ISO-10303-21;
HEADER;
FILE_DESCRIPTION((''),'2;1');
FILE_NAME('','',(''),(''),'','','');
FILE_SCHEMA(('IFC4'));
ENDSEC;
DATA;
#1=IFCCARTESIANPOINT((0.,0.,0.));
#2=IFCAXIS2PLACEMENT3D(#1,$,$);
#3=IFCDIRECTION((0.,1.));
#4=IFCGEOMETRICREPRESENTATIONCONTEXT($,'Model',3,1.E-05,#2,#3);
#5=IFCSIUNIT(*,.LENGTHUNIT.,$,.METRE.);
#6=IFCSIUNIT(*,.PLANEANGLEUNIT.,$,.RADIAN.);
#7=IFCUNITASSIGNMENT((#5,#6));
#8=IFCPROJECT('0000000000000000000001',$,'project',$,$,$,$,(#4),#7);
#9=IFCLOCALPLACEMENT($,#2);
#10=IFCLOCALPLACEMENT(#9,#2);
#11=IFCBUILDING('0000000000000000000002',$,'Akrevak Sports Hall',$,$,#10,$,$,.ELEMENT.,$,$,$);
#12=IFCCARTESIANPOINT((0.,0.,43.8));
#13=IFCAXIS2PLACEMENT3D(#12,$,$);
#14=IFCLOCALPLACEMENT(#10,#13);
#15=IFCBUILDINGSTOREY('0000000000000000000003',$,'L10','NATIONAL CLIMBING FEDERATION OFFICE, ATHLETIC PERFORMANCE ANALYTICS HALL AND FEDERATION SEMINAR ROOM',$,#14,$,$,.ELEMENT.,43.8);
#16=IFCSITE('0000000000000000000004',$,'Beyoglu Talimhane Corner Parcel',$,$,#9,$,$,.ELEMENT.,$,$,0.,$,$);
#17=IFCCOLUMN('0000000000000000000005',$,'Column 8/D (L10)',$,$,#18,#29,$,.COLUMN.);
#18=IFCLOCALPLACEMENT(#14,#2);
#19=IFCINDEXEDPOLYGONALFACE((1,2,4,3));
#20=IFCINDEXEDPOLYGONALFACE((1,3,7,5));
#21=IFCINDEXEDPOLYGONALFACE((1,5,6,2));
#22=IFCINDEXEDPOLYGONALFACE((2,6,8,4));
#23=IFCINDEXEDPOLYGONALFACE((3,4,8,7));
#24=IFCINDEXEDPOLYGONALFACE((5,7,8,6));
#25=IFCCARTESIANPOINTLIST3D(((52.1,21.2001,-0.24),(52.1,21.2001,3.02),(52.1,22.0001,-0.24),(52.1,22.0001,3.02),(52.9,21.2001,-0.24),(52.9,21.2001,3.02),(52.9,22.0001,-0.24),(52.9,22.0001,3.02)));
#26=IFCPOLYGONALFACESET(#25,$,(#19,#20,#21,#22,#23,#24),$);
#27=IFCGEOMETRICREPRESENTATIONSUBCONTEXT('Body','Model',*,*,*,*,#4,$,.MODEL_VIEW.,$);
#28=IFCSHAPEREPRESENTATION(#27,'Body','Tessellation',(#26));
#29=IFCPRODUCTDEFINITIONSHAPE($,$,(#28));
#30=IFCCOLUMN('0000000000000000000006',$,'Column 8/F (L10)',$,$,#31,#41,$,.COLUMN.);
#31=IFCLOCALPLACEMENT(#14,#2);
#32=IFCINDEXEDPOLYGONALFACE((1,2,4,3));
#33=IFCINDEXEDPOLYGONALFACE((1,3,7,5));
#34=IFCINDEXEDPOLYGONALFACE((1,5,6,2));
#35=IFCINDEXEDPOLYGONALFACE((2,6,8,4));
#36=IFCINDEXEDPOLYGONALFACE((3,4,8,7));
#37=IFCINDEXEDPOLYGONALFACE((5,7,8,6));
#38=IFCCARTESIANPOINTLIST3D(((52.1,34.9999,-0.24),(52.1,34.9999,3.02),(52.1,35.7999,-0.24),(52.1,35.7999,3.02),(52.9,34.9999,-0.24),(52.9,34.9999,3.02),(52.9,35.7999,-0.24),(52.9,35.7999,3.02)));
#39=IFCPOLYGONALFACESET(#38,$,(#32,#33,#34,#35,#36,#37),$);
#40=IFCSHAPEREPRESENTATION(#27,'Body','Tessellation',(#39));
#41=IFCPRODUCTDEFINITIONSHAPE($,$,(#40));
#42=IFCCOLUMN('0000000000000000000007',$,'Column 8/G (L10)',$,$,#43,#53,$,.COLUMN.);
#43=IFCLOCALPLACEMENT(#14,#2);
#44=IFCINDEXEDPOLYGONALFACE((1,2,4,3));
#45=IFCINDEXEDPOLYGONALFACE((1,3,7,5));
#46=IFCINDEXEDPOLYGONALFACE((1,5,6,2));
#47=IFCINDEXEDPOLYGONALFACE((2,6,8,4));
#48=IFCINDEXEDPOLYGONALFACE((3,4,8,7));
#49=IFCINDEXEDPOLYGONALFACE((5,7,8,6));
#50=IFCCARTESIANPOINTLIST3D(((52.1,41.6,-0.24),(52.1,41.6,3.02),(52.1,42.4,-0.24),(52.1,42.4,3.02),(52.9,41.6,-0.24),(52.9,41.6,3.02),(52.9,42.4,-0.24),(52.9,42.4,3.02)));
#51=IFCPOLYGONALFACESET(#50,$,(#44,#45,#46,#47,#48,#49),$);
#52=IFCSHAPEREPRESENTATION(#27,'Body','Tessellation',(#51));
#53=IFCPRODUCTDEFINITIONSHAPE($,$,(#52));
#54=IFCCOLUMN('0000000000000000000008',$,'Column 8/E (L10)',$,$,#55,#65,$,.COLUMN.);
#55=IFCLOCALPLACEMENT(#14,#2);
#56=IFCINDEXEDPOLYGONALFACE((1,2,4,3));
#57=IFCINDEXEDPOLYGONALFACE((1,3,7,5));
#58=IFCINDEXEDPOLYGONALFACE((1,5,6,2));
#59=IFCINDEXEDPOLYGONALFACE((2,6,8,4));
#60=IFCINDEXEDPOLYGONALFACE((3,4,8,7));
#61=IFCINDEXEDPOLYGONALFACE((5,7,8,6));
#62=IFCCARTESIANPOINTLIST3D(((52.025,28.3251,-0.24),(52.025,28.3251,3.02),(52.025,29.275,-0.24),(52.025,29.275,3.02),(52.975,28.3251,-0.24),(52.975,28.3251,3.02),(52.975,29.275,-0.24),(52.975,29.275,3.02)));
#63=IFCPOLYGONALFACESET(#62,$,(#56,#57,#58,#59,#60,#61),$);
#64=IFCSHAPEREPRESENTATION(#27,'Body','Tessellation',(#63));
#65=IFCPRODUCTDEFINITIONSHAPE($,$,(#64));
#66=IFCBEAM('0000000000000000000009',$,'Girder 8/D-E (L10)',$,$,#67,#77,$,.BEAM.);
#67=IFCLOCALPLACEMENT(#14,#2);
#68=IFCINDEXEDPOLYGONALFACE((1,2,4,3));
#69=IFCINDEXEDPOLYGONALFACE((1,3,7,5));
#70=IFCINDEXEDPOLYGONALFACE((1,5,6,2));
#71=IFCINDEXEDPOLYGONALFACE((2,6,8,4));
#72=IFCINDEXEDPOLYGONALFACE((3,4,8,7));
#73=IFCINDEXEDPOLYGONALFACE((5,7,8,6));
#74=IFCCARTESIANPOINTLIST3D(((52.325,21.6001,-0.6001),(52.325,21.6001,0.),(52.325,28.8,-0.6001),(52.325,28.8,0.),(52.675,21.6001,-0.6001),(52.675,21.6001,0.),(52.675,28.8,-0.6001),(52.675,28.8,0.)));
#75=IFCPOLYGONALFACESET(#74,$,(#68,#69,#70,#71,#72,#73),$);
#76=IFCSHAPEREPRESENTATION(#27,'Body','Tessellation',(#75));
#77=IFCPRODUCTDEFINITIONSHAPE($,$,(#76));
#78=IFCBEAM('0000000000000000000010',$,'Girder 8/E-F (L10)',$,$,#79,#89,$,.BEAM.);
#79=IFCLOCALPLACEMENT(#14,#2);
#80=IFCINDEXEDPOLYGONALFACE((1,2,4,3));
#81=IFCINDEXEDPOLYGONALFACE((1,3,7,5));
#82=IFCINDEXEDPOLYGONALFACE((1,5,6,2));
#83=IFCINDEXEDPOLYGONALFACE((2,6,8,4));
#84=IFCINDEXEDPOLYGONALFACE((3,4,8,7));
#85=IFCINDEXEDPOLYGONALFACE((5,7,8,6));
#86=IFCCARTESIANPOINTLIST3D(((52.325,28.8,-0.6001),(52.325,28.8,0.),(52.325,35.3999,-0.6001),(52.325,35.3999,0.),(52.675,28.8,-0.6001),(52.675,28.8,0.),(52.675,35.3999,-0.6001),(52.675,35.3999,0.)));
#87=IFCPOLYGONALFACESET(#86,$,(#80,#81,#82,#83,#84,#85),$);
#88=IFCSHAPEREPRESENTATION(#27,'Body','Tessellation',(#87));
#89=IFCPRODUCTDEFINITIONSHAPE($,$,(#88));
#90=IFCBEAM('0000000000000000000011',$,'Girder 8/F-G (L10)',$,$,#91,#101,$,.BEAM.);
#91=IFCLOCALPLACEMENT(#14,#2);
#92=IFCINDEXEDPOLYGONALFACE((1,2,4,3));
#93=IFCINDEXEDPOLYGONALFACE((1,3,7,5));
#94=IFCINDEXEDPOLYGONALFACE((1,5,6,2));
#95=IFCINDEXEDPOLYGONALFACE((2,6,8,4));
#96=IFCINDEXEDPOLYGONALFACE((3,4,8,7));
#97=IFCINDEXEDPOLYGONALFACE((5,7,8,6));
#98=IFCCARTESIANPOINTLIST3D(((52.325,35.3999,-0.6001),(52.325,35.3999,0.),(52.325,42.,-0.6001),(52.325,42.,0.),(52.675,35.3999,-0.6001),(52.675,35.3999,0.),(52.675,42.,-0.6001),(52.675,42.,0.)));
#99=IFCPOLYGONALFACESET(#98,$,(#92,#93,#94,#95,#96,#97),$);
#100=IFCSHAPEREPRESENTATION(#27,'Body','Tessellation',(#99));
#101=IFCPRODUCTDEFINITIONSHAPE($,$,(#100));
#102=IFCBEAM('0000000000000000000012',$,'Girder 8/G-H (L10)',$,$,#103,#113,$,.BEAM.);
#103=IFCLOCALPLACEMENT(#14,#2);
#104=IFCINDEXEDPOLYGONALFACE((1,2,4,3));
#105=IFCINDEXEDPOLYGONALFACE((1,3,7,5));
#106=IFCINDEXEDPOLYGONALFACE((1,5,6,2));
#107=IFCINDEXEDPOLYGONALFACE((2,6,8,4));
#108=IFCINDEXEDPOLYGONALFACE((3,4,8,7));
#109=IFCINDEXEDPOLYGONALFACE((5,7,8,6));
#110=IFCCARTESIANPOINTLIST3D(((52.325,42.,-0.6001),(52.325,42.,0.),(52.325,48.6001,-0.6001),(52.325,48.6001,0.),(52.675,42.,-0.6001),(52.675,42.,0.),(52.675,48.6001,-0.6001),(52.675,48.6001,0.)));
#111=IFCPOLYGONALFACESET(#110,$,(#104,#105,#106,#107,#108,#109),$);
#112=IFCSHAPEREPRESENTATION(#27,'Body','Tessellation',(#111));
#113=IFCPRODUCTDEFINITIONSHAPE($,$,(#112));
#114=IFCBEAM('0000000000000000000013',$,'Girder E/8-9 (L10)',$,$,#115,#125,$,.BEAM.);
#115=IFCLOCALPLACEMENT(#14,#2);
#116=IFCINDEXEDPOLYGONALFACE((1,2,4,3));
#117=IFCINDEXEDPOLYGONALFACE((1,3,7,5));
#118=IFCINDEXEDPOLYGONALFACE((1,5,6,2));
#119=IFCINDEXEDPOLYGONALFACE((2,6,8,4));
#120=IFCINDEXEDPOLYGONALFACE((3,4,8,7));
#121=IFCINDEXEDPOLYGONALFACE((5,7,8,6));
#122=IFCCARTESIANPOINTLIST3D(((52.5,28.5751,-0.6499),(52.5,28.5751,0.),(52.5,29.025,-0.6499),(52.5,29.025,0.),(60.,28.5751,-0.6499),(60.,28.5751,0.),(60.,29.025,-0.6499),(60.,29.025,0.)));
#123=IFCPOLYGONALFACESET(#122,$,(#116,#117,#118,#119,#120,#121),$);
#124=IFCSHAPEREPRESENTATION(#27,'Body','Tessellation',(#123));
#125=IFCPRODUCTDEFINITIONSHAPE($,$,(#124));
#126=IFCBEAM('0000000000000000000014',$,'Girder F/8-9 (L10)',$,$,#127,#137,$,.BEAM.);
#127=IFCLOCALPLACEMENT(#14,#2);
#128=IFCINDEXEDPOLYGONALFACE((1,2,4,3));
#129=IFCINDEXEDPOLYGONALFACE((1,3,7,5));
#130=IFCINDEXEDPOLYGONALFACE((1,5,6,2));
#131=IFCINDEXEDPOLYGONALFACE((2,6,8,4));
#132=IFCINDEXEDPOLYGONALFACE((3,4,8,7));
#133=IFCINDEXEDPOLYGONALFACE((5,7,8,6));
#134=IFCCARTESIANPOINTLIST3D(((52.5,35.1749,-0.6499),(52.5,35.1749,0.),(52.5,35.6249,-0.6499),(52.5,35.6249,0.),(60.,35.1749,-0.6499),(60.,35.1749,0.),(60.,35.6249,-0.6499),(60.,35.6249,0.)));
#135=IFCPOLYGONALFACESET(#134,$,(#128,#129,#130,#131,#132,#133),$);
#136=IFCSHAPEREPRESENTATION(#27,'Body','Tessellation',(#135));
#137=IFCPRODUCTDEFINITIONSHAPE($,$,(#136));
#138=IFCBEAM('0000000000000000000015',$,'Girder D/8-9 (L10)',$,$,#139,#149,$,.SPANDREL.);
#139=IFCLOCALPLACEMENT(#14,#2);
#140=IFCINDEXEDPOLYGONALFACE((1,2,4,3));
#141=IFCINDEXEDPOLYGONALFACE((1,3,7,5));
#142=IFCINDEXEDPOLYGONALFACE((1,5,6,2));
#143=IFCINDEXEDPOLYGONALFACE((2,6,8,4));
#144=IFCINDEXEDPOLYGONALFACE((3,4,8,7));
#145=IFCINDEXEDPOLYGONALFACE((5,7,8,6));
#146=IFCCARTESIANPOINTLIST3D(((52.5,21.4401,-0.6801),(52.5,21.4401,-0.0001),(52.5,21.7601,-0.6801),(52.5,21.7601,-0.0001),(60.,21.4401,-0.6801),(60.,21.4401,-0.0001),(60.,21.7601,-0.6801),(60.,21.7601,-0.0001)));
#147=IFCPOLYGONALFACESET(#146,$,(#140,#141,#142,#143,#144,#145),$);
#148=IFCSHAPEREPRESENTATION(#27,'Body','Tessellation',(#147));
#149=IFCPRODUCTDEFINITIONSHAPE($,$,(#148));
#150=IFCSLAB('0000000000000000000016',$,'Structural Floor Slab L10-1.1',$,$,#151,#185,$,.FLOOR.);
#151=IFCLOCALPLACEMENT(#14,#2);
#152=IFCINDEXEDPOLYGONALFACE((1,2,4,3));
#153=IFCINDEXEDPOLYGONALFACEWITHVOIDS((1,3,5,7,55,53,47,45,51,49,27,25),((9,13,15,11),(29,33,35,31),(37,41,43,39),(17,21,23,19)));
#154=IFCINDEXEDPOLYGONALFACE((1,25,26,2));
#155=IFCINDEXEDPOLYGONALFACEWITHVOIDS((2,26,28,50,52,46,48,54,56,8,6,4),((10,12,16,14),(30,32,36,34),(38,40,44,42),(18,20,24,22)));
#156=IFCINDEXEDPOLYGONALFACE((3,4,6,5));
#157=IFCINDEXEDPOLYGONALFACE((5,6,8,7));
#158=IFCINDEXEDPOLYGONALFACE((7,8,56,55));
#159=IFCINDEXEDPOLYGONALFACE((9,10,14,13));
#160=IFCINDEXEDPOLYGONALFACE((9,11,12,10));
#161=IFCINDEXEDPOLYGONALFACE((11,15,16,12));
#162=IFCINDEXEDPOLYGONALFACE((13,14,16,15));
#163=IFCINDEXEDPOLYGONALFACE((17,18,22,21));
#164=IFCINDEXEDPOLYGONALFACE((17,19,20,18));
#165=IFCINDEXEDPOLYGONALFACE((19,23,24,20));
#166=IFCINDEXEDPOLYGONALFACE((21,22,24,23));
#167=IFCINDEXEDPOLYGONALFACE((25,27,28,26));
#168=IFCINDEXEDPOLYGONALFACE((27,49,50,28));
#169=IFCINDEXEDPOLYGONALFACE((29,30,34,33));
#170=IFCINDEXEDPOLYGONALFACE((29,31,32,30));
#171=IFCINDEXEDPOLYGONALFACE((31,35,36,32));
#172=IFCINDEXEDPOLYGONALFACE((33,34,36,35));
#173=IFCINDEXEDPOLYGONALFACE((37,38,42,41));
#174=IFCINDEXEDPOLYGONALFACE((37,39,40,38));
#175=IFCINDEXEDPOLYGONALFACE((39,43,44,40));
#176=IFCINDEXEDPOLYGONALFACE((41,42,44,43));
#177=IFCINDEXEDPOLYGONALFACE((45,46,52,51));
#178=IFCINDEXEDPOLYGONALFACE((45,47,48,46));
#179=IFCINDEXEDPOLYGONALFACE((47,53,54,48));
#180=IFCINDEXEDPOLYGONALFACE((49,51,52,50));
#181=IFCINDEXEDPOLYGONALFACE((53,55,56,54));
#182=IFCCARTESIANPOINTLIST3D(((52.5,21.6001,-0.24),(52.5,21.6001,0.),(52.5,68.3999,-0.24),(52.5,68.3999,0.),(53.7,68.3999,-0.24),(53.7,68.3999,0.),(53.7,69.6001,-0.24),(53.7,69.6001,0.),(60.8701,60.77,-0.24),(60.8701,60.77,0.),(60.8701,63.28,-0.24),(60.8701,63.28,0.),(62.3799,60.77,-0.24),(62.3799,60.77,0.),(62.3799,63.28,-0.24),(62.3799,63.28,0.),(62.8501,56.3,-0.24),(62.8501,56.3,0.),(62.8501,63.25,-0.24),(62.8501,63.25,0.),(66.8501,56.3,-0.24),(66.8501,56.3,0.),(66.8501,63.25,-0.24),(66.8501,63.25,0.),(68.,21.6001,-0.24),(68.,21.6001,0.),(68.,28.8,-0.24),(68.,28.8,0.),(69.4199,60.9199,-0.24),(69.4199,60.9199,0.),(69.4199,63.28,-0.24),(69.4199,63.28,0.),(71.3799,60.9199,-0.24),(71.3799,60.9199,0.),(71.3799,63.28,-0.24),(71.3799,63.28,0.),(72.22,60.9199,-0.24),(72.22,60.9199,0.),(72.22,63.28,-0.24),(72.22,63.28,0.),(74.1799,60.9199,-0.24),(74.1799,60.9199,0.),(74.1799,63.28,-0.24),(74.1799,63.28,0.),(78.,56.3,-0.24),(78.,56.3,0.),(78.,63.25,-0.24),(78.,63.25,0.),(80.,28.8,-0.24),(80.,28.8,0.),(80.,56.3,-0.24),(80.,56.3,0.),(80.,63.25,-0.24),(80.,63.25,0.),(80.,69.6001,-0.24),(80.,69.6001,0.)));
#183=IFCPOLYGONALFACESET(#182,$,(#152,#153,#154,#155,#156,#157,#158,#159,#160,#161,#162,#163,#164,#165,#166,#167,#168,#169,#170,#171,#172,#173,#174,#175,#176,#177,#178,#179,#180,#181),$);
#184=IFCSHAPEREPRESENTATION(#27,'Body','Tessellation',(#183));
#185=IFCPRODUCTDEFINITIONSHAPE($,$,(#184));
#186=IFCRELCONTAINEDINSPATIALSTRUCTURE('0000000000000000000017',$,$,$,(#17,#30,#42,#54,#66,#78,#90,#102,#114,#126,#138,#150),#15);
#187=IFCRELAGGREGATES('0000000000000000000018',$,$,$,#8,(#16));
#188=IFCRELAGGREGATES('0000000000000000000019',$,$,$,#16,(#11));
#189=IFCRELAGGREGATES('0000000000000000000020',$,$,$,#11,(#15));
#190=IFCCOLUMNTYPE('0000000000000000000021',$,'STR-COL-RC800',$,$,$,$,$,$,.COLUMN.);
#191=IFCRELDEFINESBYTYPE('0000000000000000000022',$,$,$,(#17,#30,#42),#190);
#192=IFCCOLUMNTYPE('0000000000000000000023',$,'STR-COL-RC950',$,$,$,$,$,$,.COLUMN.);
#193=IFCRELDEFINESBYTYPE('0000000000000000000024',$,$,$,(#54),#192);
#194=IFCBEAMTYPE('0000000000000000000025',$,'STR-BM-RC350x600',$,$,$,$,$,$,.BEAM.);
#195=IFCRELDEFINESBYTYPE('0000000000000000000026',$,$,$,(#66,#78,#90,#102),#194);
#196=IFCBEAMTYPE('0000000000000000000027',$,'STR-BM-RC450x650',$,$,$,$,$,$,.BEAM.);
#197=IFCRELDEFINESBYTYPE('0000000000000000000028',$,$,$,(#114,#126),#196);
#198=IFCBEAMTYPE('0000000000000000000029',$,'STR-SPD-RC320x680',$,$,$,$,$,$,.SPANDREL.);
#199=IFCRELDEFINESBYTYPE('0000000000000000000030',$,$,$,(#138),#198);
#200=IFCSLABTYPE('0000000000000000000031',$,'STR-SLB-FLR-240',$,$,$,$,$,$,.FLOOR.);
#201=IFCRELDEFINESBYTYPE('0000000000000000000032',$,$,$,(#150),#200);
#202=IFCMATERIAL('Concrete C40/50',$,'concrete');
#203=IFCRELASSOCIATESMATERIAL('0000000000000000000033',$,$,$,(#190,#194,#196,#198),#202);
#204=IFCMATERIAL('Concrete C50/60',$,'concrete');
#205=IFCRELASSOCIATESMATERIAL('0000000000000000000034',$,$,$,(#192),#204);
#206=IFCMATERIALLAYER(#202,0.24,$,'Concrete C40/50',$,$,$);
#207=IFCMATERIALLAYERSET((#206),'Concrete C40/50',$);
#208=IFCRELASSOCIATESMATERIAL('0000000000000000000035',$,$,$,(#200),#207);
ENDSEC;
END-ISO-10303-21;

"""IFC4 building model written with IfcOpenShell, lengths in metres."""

from ifc_helpers import new_model, si_unit, direction, frame, origin, origin_2d, place, context, subcontext, project, spatial, polyline, rectangle, outline, extrude, material, layer, layer_set, material_profile, profile_set, type_object, element, save


model = new_model("IFC4")

# Units and contexts
model_context = context("Model", 3, precision=1e-05, world=origin(), true_north=direction((0.0, 1.0)))
body_context = subcontext(model_context, "Body", "Model", "MODEL_VIEW")
ifc_project = project(units=[si_unit("LENGTHUNIT", "METRE"), si_unit("PLANEANGLEUNIT", "RADIAN")], contexts=[model_context])

# Site, building, storey
site_placement = place(None, origin())
site = spatial("IfcSite", under=ifc_project, at=site_placement, Name="Beyoglu Talimhane Corner Parcel", CompositionType="ELEMENT", RefElevation=0.0)
building_placement = place(site_placement, origin())
building = spatial("IfcBuilding", under=site, at=building_placement, Name="Akrevak Sports Hall", CompositionType="ELEMENT")
storey_placement = place(building_placement, frame((0.0, 0.0, 43.8)))
storey = spatial("IfcBuildingStorey", under=building, at=storey_placement, Name="L10", Description="NATIONAL CLIMBING FEDERATION OFFICE, ATHLETIC PERFORMANCE ANALYTICS HALL AND FEDERATION SEMINAR ROOM", CompositionType="ELEMENT", Elevation=43.8)

# Columns
ifc_material_1 = material(Name="Concrete C40/50", Category="concrete")
ifc_material_profile_1 = material_profile(ifc_material_1, rectangle(XDim=0.8, YDim=0.8, at=origin_2d()), Name="RC 800x800", Category="concrete")
ifc_profile_set_1 = profile_set([ifc_material_profile_1], Name="Concrete C40/50")
column_type_1 = type_object("IfcColumnType", Name="STR-COL-RC800", PredefinedType="COLUMN", material=ifc_profile_set_1)
for number, where, z_axis, x_axis, name in (
    (1, (52.5, 21.6001, -0.24), (0.0, 0.0, 1.0), (1.0, 0.0, 0.0), "Column 8/D (L10)"),
    (2, (52.5, 35.3999, -0.24), (0.0, 0.0, 1.0), (1.0, 0.0, 0.0), "Column 8/F (L10)"),
    (3, (52.5, 42.0, -0.24), (0.0, 0.0, 1.0), (1.0, 0.0, 0.0), "Column 8/G (L10)"),
):
    element("IfcColumn", number, at=place(storey_placement, frame(where, z_axis=z_axis, x_axis=x_axis)), inside=storey, type_object=column_type_1, Name=name, PredefinedType="COLUMN", context=body_context, shape_type="SweptSolid", body=[
        extrude(rectangle(XDim=0.8, YDim=0.8, at=origin_2d()), origin(), (0.0, 0.0, 1.0), 3.26),
    ])
ifc_material_2 = material(Name="Concrete C50/60", Category="concrete")
ifc_material_profile_2 = material_profile(ifc_material_2, rectangle(XDim=0.95, YDim=0.95, at=origin_2d()), Name="RC 950x950", Category="concrete")
ifc_profile_set_2 = profile_set([ifc_material_profile_2], Name="Concrete C50/60")
column_type_2 = type_object("IfcColumnType", Name="STR-COL-RC950", PredefinedType="COLUMN", material=ifc_profile_set_2)
column_placement = place(storey_placement, frame((52.5, 28.8, -0.24), z_axis=(0.0, 0.0, 1.0), x_axis=(1.0, 0.0, 0.0)))
element("IfcColumn", 4, at=column_placement, inside=storey, type_object=column_type_2, Name="Column 8/E (L10)", PredefinedType="COLUMN", context=body_context, shape_type="SweptSolid", body=[
    extrude(rectangle(XDim=0.95, YDim=0.95, at=origin_2d()), origin(), (0.0, 0.0, 1.0), 3.26),
])

# Beams
ifc_material_profile_3 = material_profile(ifc_material_1, rectangle(XDim=0.3501, YDim=0.6001, at=origin_2d()), Name="BM 350x600", Category="concrete")
ifc_profile_set_3 = profile_set([ifc_material_profile_3], Name="Concrete C40/50")
beam_type_1 = type_object("IfcBeamType", Name="STR-BM-RC350x600", PredefinedType="BEAM", material=ifc_profile_set_3)
beam_1_placement = place(storey_placement, frame((52.5, 21.6001, -0.3), z_axis=(0.0, 1.0, 0.0), x_axis=(-1.0, 0.0, 0.0)))
element("IfcBeam", 5, at=beam_1_placement, inside=storey, type_object=beam_type_1, Name="Girder 8/D-E (L10)", PredefinedType="BEAM", context=body_context, shape_type="SweptSolid", body=[
    extrude(rectangle(XDim=0.3501, YDim=0.6001, at=origin_2d()), origin(), (0.0, 0.0, 1.0), 7.2),
])
beam_2_placement = place(storey_placement, frame((52.5, 28.8, -0.3), z_axis=(0.0, 1.0, 0.0), x_axis=(-1.0, 0.0, 0.0)))
element("IfcBeam", 6, at=beam_2_placement, inside=storey, type_object=beam_type_1, Name="Girder 8/E-F (L10)", PredefinedType="BEAM", context=body_context, shape_type="SweptSolid", body=[
    extrude(rectangle(XDim=0.3501, YDim=0.6001, at=origin_2d()), origin(), (0.0, 0.0, 1.0), 6.5999),
])
for number, where, z_axis, x_axis, name in (
    (7, (52.5, 35.3999, -0.3), (0.0, 1.0, 0.0), (-1.0, 0.0, 0.0), "Girder 8/F-G (L10)"),
    (8, (52.5, 42.0, -0.3), (0.0, 1.0, 0.0), (-1.0, 0.0, 0.0), "Girder 8/G-H (L10)"),
):
    element("IfcBeam", number, at=place(storey_placement, frame(where, z_axis=z_axis, x_axis=x_axis)), inside=storey, type_object=beam_type_1, Name=name, PredefinedType="BEAM", context=body_context, shape_type="SweptSolid", body=[
        extrude(rectangle(XDim=0.3501, YDim=0.6001, at=origin_2d()), origin(), (0.0, 0.0, 1.0), 6.6001),
    ])
ifc_material_profile_4 = material_profile(ifc_material_1, rectangle(XDim=0.45, YDim=0.6499, at=origin_2d()), Name="BM 450x650", Category="concrete")
ifc_profile_set_4 = profile_set([ifc_material_profile_4], Name="Concrete C40/50")
beam_type_2 = type_object("IfcBeamType", Name="STR-BM-RC450x650", PredefinedType="BEAM", material=ifc_profile_set_4)
for number, where, z_axis, x_axis, name in (
    (9, (52.5, 28.8, -0.325), (1.0, 0.0, 0.0), (0.0, 1.0, 0.0), "Girder E/8-9 (L10)"),
    (10, (52.5, 35.3999, -0.325), (1.0, 0.0, 0.0), (0.0, 1.0, 0.0), "Girder F/8-9 (L10)"),
):
    element("IfcBeam", number, at=place(storey_placement, frame(where, z_axis=z_axis, x_axis=x_axis)), inside=storey, type_object=beam_type_2, Name=name, PredefinedType="BEAM", context=body_context, shape_type="SweptSolid", body=[
        extrude(rectangle(XDim=0.45, YDim=0.6499, at=origin_2d()), origin(), (0.0, 0.0, 1.0), 7.5),
    ])
ifc_material_profile_5 = material_profile(ifc_material_1, rectangle(XDim=0.3201, YDim=0.6799, at=origin_2d()), Name="SPD 320x680", Category="concrete")
ifc_profile_set_5 = profile_set([ifc_material_profile_5], Name="Concrete C40/50")
beam_type_3 = type_object("IfcBeamType", Name="STR-SPD-RC320x680", PredefinedType="SPANDREL", material=ifc_profile_set_5)
beam_3_placement = place(storey_placement, frame((52.5, 21.6001, -0.3401), z_axis=(1.0, 0.0, 0.0), x_axis=(0.0, 1.0, 0.0)))
element("IfcBeam", 11, at=beam_3_placement, inside=storey, type_object=beam_type_3, Name="Girder D/8-9 (L10)", PredefinedType="SPANDREL", context=body_context, shape_type="SweptSolid", body=[
    extrude(rectangle(XDim=0.3201, YDim=0.6799, at=origin_2d()), origin(), (0.0, 0.0, 1.0), 7.5),
])

# Slab
ifc_layer_1 = layer(ifc_material_1, 0.24, Name="Concrete C40/50")
ifc_layer_set_1 = layer_set([ifc_layer_1], Name="Concrete C40/50")
slab_type_1 = type_object("IfcSlabType", Name="STR-SLB-FLR-240", PredefinedType="FLOOR", material=ifc_layer_set_1)
slab_1_placement = place(storey_placement, frame((0.0, 0.0, -0.24)))
element("IfcSlab", 12, at=slab_1_placement, inside=storey, type_object=slab_type_1, Name="Structural Floor Slab L10-1.1", PredefinedType="FLOOR", context=body_context, shape_type="SweptSolid", body=[
    extrude(outline(polyline([(52.5, 68.3999), (52.5, 21.6001), (68.0, 21.6001), (68.0, 28.8), (80.0, 28.8), (80.0, 56.3), (78.0, 56.3), (78.0, 63.25), (80.0, 63.25), (80.0, 69.6001), (53.7, 69.6001), (53.7, 68.3999), (52.5, 68.3999)]), holes=[polyline([(62.8501, 63.25), (66.8501, 63.25), (66.8501, 56.3), (62.8501, 56.3), (62.8501, 63.25)]), polyline([(60.8701, 63.28), (62.3799, 63.28), (62.3799, 60.77), (60.8701, 60.77), (60.8701, 63.28)]), polyline([(69.4199, 63.28), (71.3799, 63.28), (71.3799, 60.9199), (69.4199, 60.9199), (69.4199, 63.28)]), polyline([(72.22, 63.28), (74.1799, 63.28), (74.1799, 60.9199), (72.22, 60.9199), (72.22, 63.28)])]), origin(), (0.0, 0.0, 1.0), 0.24),
])

save(model, "model.ifc")
